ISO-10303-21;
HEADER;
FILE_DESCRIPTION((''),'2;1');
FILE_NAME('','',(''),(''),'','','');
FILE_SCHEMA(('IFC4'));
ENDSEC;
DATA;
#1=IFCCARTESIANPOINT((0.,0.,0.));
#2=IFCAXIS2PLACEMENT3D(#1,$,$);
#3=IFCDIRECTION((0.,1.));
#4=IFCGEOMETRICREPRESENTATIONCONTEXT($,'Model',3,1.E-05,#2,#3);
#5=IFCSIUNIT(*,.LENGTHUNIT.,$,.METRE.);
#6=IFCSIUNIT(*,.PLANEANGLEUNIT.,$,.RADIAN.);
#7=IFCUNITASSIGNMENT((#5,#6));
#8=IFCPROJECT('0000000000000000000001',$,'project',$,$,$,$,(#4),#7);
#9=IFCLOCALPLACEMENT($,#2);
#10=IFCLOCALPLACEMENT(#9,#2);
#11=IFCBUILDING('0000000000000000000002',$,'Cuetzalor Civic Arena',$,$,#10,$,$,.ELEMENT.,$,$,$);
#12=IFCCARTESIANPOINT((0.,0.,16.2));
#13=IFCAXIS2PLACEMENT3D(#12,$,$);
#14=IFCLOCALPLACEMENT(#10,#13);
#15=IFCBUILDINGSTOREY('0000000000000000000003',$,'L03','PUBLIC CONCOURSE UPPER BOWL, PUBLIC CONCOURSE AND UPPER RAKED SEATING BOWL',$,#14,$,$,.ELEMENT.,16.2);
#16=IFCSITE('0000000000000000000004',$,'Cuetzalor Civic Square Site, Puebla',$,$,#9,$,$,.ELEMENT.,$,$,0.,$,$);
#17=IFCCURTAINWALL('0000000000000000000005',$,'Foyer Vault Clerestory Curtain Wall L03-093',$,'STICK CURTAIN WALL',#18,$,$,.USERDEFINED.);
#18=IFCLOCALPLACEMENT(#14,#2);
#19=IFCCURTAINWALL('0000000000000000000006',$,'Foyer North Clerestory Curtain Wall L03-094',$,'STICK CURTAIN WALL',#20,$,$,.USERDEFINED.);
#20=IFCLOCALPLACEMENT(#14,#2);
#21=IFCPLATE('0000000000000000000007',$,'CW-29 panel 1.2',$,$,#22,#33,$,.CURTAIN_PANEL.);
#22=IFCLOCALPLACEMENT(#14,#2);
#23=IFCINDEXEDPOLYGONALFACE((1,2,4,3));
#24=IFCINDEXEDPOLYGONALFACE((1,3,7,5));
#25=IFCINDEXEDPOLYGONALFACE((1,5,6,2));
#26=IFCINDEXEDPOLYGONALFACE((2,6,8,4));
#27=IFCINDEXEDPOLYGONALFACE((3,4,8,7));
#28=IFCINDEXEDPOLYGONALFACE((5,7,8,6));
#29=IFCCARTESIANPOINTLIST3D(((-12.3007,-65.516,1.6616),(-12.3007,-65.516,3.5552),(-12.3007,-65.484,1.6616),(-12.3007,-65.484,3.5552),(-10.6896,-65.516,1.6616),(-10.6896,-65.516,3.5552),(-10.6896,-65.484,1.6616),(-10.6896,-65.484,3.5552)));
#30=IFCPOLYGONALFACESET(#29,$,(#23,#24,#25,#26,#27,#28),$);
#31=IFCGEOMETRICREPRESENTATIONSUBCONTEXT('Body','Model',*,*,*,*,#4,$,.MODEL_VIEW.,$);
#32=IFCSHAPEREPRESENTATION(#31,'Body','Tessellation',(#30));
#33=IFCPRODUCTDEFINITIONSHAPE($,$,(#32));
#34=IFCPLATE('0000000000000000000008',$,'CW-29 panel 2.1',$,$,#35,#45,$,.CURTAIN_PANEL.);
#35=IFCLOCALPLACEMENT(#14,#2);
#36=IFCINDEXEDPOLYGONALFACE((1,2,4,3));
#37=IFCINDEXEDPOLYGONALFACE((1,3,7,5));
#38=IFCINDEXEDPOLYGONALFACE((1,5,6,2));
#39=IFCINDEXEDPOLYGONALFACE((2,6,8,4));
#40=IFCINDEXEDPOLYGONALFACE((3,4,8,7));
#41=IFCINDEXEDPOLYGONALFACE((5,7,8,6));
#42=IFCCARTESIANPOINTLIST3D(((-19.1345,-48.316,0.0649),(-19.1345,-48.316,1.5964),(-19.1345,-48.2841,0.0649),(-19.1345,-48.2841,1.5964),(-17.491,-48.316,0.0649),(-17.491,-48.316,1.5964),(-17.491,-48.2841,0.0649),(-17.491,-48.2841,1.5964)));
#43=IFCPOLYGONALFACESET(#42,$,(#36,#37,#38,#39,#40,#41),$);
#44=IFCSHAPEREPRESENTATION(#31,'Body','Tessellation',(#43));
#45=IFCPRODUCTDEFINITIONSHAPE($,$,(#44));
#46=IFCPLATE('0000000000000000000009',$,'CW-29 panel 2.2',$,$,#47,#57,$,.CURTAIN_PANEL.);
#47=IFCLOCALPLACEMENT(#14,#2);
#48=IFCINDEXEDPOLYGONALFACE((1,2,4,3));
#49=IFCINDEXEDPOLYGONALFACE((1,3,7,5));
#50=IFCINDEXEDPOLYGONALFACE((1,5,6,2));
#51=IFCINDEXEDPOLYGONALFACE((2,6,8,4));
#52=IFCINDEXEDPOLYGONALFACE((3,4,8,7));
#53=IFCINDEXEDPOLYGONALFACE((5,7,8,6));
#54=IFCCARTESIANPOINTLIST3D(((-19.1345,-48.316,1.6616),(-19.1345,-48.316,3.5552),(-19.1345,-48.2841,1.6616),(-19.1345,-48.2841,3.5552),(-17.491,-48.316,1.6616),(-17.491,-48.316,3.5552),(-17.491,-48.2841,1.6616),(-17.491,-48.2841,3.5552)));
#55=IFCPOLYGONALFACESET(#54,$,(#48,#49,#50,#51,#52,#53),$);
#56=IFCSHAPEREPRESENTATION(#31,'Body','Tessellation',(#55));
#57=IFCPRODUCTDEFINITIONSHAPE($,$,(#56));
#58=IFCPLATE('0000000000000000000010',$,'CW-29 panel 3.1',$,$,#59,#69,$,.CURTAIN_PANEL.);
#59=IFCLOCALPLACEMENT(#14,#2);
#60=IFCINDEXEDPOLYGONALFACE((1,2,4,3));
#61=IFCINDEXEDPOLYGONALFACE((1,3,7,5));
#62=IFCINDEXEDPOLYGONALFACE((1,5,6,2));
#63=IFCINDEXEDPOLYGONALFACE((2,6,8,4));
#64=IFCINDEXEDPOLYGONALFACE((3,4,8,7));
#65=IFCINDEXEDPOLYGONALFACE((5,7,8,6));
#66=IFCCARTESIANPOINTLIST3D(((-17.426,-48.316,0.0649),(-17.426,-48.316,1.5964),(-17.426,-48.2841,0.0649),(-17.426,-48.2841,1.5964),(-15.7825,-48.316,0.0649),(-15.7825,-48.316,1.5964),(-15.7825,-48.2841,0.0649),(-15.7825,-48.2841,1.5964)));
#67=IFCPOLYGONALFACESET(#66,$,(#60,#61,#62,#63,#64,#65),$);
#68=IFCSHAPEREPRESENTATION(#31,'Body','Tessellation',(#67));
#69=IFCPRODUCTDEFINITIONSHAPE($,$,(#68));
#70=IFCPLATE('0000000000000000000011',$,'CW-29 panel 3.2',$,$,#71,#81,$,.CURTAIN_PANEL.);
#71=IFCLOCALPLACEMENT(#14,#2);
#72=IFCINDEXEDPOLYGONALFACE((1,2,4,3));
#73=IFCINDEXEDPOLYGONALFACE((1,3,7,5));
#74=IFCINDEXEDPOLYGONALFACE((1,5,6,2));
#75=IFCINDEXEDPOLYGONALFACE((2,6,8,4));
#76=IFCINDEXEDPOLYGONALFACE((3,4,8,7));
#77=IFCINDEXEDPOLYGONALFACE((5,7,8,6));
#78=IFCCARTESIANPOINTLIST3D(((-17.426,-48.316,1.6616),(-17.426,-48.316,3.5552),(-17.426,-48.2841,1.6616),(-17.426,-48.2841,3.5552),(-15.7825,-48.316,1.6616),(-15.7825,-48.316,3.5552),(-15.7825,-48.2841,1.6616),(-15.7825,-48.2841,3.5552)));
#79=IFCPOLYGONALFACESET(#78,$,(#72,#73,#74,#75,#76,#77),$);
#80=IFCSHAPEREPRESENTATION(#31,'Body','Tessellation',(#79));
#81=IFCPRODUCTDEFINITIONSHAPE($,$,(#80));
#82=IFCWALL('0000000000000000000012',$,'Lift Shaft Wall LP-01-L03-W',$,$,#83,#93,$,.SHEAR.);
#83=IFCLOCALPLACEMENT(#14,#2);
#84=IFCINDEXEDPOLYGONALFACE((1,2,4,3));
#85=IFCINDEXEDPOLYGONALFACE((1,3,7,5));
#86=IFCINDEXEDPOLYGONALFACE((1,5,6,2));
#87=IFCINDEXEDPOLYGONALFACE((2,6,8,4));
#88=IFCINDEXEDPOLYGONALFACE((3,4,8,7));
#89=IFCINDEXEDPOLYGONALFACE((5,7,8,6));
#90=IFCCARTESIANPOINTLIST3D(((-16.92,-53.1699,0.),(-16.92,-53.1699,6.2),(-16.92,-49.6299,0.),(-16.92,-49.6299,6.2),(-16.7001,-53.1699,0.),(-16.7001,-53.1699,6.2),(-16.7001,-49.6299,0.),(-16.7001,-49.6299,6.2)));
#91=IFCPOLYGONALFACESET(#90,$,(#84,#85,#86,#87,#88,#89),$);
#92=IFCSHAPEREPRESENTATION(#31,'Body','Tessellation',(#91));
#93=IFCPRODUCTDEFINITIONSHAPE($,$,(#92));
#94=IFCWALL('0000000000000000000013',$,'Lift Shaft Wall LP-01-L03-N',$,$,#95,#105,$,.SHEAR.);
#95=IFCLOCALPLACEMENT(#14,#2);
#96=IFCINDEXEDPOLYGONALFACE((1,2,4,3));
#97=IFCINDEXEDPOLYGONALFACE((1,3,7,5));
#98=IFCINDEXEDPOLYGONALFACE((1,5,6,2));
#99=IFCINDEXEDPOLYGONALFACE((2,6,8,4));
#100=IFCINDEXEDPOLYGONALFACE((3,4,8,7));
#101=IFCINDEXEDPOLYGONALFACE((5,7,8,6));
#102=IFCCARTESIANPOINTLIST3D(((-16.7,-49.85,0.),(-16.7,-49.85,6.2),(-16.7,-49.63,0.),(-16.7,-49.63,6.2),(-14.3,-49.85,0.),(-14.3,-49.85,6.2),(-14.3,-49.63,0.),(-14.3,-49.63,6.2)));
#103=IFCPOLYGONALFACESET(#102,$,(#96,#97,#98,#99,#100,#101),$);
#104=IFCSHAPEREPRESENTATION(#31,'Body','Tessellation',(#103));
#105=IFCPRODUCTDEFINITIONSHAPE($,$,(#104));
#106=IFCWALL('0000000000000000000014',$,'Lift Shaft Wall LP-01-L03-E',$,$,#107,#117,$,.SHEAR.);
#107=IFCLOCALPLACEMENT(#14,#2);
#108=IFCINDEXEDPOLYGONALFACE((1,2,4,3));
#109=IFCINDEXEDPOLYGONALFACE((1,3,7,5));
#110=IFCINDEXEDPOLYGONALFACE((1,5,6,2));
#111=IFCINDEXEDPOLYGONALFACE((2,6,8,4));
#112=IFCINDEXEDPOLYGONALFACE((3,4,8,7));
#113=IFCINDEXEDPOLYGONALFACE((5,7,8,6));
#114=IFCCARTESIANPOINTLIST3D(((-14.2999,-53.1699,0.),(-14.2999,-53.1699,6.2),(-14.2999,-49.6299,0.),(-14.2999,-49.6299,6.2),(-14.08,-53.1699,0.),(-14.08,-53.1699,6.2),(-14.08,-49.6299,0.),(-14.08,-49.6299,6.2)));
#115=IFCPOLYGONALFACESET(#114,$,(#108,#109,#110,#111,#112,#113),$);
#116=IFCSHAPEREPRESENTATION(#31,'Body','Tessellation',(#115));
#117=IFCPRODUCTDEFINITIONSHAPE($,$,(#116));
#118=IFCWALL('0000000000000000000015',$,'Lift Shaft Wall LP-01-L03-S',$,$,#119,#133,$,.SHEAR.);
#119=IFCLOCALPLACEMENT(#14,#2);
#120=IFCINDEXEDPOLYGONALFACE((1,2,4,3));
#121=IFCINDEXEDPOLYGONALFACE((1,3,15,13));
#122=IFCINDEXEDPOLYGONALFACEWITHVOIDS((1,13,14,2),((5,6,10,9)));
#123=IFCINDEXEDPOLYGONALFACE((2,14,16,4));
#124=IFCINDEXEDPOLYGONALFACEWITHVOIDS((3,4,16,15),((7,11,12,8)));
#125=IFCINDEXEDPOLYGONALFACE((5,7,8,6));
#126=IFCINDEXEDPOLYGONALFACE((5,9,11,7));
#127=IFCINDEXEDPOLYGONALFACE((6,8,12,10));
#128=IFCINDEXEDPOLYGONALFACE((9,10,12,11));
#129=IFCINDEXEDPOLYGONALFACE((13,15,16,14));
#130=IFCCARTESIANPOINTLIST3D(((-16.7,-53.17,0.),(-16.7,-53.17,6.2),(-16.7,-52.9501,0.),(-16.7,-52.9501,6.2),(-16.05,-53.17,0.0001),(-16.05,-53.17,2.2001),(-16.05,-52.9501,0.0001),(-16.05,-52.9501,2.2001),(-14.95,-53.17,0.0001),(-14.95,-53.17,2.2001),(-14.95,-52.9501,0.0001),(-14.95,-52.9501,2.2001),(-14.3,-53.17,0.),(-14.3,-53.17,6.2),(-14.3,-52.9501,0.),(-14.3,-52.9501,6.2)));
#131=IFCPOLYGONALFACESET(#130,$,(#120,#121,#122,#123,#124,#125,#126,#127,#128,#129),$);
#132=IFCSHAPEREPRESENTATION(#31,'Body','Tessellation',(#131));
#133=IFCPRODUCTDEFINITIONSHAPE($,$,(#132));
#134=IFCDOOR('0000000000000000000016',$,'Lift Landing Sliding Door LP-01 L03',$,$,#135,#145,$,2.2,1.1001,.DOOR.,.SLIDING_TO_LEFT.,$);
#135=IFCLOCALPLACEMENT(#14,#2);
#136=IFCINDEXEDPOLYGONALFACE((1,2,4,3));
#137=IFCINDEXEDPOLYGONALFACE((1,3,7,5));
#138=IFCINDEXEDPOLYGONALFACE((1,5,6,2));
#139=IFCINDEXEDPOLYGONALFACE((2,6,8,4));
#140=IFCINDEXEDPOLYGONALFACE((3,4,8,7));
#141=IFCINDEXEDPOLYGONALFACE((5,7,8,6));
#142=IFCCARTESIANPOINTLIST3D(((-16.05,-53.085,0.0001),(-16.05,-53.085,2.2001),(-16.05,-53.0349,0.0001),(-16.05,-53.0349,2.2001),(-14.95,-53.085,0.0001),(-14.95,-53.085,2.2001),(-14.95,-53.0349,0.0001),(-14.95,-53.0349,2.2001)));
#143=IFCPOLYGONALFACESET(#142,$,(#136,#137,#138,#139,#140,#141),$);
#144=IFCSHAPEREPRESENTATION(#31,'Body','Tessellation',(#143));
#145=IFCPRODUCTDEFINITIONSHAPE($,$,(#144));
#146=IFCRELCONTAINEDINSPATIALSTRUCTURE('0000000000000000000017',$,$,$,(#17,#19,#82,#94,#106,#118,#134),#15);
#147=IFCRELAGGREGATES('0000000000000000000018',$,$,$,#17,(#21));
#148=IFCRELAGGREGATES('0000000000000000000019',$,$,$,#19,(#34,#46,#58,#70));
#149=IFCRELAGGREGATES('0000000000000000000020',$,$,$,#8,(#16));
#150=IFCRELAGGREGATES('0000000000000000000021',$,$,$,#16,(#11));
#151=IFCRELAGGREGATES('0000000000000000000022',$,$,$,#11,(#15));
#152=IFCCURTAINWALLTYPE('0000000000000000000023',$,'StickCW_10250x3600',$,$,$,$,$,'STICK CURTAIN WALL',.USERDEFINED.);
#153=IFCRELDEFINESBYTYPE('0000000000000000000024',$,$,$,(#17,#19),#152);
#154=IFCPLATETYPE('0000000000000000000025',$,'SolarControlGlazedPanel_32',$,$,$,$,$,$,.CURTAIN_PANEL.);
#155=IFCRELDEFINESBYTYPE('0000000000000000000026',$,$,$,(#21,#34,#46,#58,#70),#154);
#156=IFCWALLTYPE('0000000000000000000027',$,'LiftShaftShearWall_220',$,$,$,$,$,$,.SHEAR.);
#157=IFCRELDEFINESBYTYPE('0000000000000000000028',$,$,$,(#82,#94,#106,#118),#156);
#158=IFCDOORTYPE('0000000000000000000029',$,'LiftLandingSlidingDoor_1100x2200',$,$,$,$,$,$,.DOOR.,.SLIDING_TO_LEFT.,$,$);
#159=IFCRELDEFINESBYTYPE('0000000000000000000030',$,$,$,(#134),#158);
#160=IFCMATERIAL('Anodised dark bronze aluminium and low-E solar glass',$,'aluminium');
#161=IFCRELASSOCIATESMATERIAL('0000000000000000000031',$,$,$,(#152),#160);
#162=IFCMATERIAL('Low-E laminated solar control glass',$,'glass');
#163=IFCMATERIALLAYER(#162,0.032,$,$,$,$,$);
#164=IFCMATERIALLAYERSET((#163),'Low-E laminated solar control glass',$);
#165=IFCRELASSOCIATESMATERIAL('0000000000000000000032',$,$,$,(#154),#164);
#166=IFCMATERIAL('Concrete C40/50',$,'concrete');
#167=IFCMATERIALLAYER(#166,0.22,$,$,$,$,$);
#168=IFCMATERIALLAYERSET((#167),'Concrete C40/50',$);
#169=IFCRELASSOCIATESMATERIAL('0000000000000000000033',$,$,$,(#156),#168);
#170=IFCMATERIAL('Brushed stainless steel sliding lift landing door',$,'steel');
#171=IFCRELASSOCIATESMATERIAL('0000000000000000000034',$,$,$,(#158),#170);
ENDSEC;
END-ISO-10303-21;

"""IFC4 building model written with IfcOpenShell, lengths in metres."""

from ifc_helpers import new_model, si_unit, direction, frame, frame_2d, origin, origin_2d, place, context, subcontext, project, spatial, rectangle, extrude, material, layer, layer_set, type_object, element, fill, aggregate, save


model = new_model("IFC4")

# Units and contexts
model_context = context("Model", 3, precision=1e-05, world=origin(), true_north=direction((0.0, 1.0)))
body_context = subcontext(model_context, "Body", "Model", "MODEL_VIEW")
ifc_project = project(units=[si_unit("LENGTHUNIT", "METRE"), si_unit("PLANEANGLEUNIT", "RADIAN")], contexts=[model_context])

# Site, building, storey
site_placement = place(None, origin())
site = spatial("IfcSite", under=ifc_project, at=site_placement, Name="Cuetzalor Civic Square Site, Puebla", CompositionType="ELEMENT", RefElevation=0.0)
building_placement = place(site_placement, origin())
building = spatial("IfcBuilding", under=site, at=building_placement, Name="Cuetzalor Civic Arena", CompositionType="ELEMENT")
storey_placement = place(building_placement, frame((0.0, 0.0, 16.2)))
storey = spatial("IfcBuildingStorey", under=building, at=storey_placement, Name="L03", Description="PUBLIC CONCOURSE UPPER BOWL, PUBLIC CONCOURSE AND UPPER RAKED SEATING BOWL", CompositionType="ELEMENT", Elevation=16.2)

# Curtain walls
ifc_material_1 = material(Name="Anodised dark bronze aluminium and low-E solar glass", Category="aluminium")
curtain_wall_type = type_object("IfcCurtainWallType", Name="StickCW_10250x3600", ElementType="STICK CURTAIN WALL", PredefinedType="USERDEFINED", material=ifc_material_1)
curtain_wall_1_placement = place(storey_placement, origin())
curtain_wall_1 = element("IfcCurtainWall", 1, at=curtain_wall_1_placement, inside=storey, type_object=curtain_wall_type, Name="Foyer Vault Clerestory Curtain Wall L03-093", ObjectType="STICK CURTAIN WALL", PredefinedType="USERDEFINED")
curtain_wall_2_placement = place(storey_placement, origin())
curtain_wall_2 = element("IfcCurtainWall", 2, at=curtain_wall_2_placement, inside=storey, type_object=curtain_wall_type, Name="Foyer North Clerestory Curtain Wall L03-094", ObjectType="STICK CURTAIN WALL", PredefinedType="USERDEFINED")

# Plates
ifc_material_2 = material(Name="Low-E laminated solar control glass", Category="glass")
ifc_layer_1 = layer(ifc_material_2, 0.032)
ifc_layer_set_1 = layer_set([ifc_layer_1], Name="Low-E laminated solar control glass")
plate_type = type_object("IfcPlateType", Name="SolarControlGlazedPanel_32", PredefinedType="CURTAIN_PANEL", material=ifc_layer_set_1)
plate_1_placement = place(storey_placement, frame((-11.4951, -65.5, 1.6616), z_axis=(0.0, 0.0, 1.0), x_axis=(-1.0, 0.0, 0.0)))
plate_1 = element("IfcPlate", 3, at=plate_1_placement, type_object=plate_type, Name="CW-29 panel 1.2", PredefinedType="CURTAIN_PANEL", context=body_context, shape_type="SweptSolid", body=[
    extrude(rectangle(XDim=1.6111, YDim=0.032, at=origin_2d()), origin(), (0.0, 0.0, 1.0), 1.8936),
])
aggregate(curtain_wall_1, [plate_1])
plate_2_placement = place(storey_placement, frame((-18.3127, -48.3, 0.0649), z_axis=(0.0, 0.0, 1.0), x_axis=(1.0, 0.0, 0.0)))
plate_2 = element("IfcPlate", 4, at=plate_2_placement, type_object=plate_type, Name="CW-29 panel 2.1", PredefinedType="CURTAIN_PANEL", context=body_context, shape_type="SweptSolid", body=[
    extrude(rectangle(XDim=1.6436, YDim=0.032, at=origin_2d()), origin(), (0.0, 0.0, 1.0), 1.5315),
])
plate_3_placement = place(storey_placement, frame((-18.3127, -48.3, 1.6616), z_axis=(0.0, 0.0, 1.0), x_axis=(1.0, 0.0, 0.0)))
plate_3 = element("IfcPlate", 5, at=plate_3_placement, type_object=plate_type, Name="CW-29 panel 2.2", PredefinedType="CURTAIN_PANEL", context=body_context, shape_type="SweptSolid", body=[
    extrude(rectangle(XDim=1.6436, YDim=0.032, at=origin_2d()), origin(), (0.0, 0.0, 1.0), 1.8936),
])
plate_4_placement = place(storey_placement, frame((-16.6042, -48.3, 0.0649), z_axis=(0.0, 0.0, 1.0), x_axis=(1.0, 0.0, 0.0)))
plate_4 = element("IfcPlate", 6, at=plate_4_placement, type_object=plate_type, Name="CW-29 panel 3.1", PredefinedType="CURTAIN_PANEL", context=body_context, shape_type="SweptSolid", body=[
    extrude(rectangle(XDim=1.6436, YDim=0.032, at=origin_2d()), origin(), (0.0, 0.0, 1.0), 1.5315),
])
plate_5_placement = place(storey_placement, frame((-16.6042, -48.3, 1.6616), z_axis=(0.0, 0.0, 1.0), x_axis=(1.0, 0.0, 0.0)))
plate_5 = element("IfcPlate", 7, at=plate_5_placement, type_object=plate_type, Name="CW-29 panel 3.2", PredefinedType="CURTAIN_PANEL", context=body_context, shape_type="SweptSolid", body=[
    extrude(rectangle(XDim=1.6436, YDim=0.032, at=origin_2d()), origin(), (0.0, 0.0, 1.0), 1.8936),
])
aggregate(curtain_wall_2, [plate_2, plate_3, plate_4, plate_5])

# Walls
ifc_material_3 = material(Name="Concrete C40/50", Category="concrete")
ifc_layer_2 = layer(ifc_material_3, 0.22)
ifc_layer_set_2 = layer_set([ifc_layer_2], Name="Concrete C40/50")
wall_type = type_object("IfcWallType", Name="LiftShaftShearWall_220", PredefinedType="SHEAR", material=ifc_layer_set_2)
wall_1_placement = place(storey_placement, frame((-16.8101, -53.1699, 0.0), z_axis=(0.0, 0.0, 1.0), x_axis=(0.0, 1.0, 0.0)))
element("IfcWall", 8, at=wall_1_placement, inside=storey, type_object=wall_type, Name="Lift Shaft Wall LP-01-L03-W", PredefinedType="SHEAR", context=body_context, shape_type="SweptSolid", body=[
    extrude(rectangle(XDim=3.54, YDim=0.22, at=frame_2d((1.77, 0.0))), origin(), (0.0, 0.0, 1.0), 6.2),
])
wall_2_placement = place(storey_placement, frame((-16.7, -49.74, 0.0), z_axis=(0.0, 0.0, 1.0), x_axis=(1.0, 0.0, 0.0)))
element("IfcWall", 9, at=wall_2_placement, inside=storey, type_object=wall_type, Name="Lift Shaft Wall LP-01-L03-N", PredefinedType="SHEAR", context=body_context, shape_type="SweptSolid", body=[
    extrude(rectangle(XDim=2.3999, YDim=0.22, at=frame_2d((1.2, 0.0))), origin(), (0.0, 0.0, 1.0), 6.2),
])
wall_3_placement = place(storey_placement, frame((-14.1899, -49.6299, 0.0), z_axis=(0.0, 0.0, 1.0), x_axis=(0.0, -1.0, 0.0)))
element("IfcWall", 10, at=wall_3_placement, inside=storey, type_object=wall_type, Name="Lift Shaft Wall LP-01-L03-E", PredefinedType="SHEAR", context=body_context, shape_type="SweptSolid", body=[
    extrude(rectangle(XDim=3.54, YDim=0.22, at=frame_2d((1.77, 0.0))), origin(), (0.0, 0.0, 1.0), 6.2),
])

# Wall, opening, door
wall_4_placement = place(storey_placement, frame((-14.3, -53.0601, 0.0), z_axis=(0.0, 0.0, 1.0), x_axis=(-1.0, 0.0, 0.0)))
wall_4 = element("IfcWall", 11, at=wall_4_placement, inside=storey, type_object=wall_type, Name="Lift Shaft Wall LP-01-L03-S", PredefinedType="SHEAR", context=body_context, shape_type="SweptSolid", body=[
    extrude(rectangle(XDim=2.3999, YDim=0.22, at=frame_2d((1.2, 0.0))), origin(), (0.0, 0.0, 1.0), 6.2),
])
opening_placement = place(wall_4_placement, frame((0.6499, 0.0, 0.0)))
opening = element("IfcOpeningElement", 12, at=opening_placement, cuts=wall_4, PredefinedType="OPENING", context=body_context, shape_type="SweptSolid", body=[
    extrude(rectangle(XDim=1.1001, YDim=2.2, at=frame_2d((0.55, 1.1001))), frame((0.0, 0.1201, 0.0), z_axis=(0.0, -1.0, 0.0), x_axis=(1.0, 0.0, 0.0)), (0.0, 0.0, 1.0), 0.24),
])
ifc_material_4 = material(Name="Brushed stainless steel sliding lift landing door", Category="steel")
door_type = type_object("IfcDoorType", Name="LiftLandingSlidingDoor_1100x2200", OperationType="SLIDING_TO_LEFT", PredefinedType="DOOR", material=ifc_material_4)
door_placement = place(opening_placement, origin())
door = element("IfcDoor", 13, at=door_placement, inside=storey, type_object=door_type, Name="Lift Landing Sliding Door LP-01 L03", OperationType="SLIDING_TO_LEFT", OverallHeight=2.2, OverallWidth=1.1001, PredefinedType="DOOR", context=body_context, shape_type="SweptSolid", body=[
    extrude(rectangle(XDim=1.1001, YDim=2.2, at=frame_2d((0.55, 1.1001))), frame((0.0, 0.0249, 0.0), z_axis=(0.0, -1.0, 0.0), x_axis=(1.0, 0.0, 0.0)), (0.0, 0.0, 1.0), 0.05),
])
fill(opening, door)

save(model, "model.ifc")
